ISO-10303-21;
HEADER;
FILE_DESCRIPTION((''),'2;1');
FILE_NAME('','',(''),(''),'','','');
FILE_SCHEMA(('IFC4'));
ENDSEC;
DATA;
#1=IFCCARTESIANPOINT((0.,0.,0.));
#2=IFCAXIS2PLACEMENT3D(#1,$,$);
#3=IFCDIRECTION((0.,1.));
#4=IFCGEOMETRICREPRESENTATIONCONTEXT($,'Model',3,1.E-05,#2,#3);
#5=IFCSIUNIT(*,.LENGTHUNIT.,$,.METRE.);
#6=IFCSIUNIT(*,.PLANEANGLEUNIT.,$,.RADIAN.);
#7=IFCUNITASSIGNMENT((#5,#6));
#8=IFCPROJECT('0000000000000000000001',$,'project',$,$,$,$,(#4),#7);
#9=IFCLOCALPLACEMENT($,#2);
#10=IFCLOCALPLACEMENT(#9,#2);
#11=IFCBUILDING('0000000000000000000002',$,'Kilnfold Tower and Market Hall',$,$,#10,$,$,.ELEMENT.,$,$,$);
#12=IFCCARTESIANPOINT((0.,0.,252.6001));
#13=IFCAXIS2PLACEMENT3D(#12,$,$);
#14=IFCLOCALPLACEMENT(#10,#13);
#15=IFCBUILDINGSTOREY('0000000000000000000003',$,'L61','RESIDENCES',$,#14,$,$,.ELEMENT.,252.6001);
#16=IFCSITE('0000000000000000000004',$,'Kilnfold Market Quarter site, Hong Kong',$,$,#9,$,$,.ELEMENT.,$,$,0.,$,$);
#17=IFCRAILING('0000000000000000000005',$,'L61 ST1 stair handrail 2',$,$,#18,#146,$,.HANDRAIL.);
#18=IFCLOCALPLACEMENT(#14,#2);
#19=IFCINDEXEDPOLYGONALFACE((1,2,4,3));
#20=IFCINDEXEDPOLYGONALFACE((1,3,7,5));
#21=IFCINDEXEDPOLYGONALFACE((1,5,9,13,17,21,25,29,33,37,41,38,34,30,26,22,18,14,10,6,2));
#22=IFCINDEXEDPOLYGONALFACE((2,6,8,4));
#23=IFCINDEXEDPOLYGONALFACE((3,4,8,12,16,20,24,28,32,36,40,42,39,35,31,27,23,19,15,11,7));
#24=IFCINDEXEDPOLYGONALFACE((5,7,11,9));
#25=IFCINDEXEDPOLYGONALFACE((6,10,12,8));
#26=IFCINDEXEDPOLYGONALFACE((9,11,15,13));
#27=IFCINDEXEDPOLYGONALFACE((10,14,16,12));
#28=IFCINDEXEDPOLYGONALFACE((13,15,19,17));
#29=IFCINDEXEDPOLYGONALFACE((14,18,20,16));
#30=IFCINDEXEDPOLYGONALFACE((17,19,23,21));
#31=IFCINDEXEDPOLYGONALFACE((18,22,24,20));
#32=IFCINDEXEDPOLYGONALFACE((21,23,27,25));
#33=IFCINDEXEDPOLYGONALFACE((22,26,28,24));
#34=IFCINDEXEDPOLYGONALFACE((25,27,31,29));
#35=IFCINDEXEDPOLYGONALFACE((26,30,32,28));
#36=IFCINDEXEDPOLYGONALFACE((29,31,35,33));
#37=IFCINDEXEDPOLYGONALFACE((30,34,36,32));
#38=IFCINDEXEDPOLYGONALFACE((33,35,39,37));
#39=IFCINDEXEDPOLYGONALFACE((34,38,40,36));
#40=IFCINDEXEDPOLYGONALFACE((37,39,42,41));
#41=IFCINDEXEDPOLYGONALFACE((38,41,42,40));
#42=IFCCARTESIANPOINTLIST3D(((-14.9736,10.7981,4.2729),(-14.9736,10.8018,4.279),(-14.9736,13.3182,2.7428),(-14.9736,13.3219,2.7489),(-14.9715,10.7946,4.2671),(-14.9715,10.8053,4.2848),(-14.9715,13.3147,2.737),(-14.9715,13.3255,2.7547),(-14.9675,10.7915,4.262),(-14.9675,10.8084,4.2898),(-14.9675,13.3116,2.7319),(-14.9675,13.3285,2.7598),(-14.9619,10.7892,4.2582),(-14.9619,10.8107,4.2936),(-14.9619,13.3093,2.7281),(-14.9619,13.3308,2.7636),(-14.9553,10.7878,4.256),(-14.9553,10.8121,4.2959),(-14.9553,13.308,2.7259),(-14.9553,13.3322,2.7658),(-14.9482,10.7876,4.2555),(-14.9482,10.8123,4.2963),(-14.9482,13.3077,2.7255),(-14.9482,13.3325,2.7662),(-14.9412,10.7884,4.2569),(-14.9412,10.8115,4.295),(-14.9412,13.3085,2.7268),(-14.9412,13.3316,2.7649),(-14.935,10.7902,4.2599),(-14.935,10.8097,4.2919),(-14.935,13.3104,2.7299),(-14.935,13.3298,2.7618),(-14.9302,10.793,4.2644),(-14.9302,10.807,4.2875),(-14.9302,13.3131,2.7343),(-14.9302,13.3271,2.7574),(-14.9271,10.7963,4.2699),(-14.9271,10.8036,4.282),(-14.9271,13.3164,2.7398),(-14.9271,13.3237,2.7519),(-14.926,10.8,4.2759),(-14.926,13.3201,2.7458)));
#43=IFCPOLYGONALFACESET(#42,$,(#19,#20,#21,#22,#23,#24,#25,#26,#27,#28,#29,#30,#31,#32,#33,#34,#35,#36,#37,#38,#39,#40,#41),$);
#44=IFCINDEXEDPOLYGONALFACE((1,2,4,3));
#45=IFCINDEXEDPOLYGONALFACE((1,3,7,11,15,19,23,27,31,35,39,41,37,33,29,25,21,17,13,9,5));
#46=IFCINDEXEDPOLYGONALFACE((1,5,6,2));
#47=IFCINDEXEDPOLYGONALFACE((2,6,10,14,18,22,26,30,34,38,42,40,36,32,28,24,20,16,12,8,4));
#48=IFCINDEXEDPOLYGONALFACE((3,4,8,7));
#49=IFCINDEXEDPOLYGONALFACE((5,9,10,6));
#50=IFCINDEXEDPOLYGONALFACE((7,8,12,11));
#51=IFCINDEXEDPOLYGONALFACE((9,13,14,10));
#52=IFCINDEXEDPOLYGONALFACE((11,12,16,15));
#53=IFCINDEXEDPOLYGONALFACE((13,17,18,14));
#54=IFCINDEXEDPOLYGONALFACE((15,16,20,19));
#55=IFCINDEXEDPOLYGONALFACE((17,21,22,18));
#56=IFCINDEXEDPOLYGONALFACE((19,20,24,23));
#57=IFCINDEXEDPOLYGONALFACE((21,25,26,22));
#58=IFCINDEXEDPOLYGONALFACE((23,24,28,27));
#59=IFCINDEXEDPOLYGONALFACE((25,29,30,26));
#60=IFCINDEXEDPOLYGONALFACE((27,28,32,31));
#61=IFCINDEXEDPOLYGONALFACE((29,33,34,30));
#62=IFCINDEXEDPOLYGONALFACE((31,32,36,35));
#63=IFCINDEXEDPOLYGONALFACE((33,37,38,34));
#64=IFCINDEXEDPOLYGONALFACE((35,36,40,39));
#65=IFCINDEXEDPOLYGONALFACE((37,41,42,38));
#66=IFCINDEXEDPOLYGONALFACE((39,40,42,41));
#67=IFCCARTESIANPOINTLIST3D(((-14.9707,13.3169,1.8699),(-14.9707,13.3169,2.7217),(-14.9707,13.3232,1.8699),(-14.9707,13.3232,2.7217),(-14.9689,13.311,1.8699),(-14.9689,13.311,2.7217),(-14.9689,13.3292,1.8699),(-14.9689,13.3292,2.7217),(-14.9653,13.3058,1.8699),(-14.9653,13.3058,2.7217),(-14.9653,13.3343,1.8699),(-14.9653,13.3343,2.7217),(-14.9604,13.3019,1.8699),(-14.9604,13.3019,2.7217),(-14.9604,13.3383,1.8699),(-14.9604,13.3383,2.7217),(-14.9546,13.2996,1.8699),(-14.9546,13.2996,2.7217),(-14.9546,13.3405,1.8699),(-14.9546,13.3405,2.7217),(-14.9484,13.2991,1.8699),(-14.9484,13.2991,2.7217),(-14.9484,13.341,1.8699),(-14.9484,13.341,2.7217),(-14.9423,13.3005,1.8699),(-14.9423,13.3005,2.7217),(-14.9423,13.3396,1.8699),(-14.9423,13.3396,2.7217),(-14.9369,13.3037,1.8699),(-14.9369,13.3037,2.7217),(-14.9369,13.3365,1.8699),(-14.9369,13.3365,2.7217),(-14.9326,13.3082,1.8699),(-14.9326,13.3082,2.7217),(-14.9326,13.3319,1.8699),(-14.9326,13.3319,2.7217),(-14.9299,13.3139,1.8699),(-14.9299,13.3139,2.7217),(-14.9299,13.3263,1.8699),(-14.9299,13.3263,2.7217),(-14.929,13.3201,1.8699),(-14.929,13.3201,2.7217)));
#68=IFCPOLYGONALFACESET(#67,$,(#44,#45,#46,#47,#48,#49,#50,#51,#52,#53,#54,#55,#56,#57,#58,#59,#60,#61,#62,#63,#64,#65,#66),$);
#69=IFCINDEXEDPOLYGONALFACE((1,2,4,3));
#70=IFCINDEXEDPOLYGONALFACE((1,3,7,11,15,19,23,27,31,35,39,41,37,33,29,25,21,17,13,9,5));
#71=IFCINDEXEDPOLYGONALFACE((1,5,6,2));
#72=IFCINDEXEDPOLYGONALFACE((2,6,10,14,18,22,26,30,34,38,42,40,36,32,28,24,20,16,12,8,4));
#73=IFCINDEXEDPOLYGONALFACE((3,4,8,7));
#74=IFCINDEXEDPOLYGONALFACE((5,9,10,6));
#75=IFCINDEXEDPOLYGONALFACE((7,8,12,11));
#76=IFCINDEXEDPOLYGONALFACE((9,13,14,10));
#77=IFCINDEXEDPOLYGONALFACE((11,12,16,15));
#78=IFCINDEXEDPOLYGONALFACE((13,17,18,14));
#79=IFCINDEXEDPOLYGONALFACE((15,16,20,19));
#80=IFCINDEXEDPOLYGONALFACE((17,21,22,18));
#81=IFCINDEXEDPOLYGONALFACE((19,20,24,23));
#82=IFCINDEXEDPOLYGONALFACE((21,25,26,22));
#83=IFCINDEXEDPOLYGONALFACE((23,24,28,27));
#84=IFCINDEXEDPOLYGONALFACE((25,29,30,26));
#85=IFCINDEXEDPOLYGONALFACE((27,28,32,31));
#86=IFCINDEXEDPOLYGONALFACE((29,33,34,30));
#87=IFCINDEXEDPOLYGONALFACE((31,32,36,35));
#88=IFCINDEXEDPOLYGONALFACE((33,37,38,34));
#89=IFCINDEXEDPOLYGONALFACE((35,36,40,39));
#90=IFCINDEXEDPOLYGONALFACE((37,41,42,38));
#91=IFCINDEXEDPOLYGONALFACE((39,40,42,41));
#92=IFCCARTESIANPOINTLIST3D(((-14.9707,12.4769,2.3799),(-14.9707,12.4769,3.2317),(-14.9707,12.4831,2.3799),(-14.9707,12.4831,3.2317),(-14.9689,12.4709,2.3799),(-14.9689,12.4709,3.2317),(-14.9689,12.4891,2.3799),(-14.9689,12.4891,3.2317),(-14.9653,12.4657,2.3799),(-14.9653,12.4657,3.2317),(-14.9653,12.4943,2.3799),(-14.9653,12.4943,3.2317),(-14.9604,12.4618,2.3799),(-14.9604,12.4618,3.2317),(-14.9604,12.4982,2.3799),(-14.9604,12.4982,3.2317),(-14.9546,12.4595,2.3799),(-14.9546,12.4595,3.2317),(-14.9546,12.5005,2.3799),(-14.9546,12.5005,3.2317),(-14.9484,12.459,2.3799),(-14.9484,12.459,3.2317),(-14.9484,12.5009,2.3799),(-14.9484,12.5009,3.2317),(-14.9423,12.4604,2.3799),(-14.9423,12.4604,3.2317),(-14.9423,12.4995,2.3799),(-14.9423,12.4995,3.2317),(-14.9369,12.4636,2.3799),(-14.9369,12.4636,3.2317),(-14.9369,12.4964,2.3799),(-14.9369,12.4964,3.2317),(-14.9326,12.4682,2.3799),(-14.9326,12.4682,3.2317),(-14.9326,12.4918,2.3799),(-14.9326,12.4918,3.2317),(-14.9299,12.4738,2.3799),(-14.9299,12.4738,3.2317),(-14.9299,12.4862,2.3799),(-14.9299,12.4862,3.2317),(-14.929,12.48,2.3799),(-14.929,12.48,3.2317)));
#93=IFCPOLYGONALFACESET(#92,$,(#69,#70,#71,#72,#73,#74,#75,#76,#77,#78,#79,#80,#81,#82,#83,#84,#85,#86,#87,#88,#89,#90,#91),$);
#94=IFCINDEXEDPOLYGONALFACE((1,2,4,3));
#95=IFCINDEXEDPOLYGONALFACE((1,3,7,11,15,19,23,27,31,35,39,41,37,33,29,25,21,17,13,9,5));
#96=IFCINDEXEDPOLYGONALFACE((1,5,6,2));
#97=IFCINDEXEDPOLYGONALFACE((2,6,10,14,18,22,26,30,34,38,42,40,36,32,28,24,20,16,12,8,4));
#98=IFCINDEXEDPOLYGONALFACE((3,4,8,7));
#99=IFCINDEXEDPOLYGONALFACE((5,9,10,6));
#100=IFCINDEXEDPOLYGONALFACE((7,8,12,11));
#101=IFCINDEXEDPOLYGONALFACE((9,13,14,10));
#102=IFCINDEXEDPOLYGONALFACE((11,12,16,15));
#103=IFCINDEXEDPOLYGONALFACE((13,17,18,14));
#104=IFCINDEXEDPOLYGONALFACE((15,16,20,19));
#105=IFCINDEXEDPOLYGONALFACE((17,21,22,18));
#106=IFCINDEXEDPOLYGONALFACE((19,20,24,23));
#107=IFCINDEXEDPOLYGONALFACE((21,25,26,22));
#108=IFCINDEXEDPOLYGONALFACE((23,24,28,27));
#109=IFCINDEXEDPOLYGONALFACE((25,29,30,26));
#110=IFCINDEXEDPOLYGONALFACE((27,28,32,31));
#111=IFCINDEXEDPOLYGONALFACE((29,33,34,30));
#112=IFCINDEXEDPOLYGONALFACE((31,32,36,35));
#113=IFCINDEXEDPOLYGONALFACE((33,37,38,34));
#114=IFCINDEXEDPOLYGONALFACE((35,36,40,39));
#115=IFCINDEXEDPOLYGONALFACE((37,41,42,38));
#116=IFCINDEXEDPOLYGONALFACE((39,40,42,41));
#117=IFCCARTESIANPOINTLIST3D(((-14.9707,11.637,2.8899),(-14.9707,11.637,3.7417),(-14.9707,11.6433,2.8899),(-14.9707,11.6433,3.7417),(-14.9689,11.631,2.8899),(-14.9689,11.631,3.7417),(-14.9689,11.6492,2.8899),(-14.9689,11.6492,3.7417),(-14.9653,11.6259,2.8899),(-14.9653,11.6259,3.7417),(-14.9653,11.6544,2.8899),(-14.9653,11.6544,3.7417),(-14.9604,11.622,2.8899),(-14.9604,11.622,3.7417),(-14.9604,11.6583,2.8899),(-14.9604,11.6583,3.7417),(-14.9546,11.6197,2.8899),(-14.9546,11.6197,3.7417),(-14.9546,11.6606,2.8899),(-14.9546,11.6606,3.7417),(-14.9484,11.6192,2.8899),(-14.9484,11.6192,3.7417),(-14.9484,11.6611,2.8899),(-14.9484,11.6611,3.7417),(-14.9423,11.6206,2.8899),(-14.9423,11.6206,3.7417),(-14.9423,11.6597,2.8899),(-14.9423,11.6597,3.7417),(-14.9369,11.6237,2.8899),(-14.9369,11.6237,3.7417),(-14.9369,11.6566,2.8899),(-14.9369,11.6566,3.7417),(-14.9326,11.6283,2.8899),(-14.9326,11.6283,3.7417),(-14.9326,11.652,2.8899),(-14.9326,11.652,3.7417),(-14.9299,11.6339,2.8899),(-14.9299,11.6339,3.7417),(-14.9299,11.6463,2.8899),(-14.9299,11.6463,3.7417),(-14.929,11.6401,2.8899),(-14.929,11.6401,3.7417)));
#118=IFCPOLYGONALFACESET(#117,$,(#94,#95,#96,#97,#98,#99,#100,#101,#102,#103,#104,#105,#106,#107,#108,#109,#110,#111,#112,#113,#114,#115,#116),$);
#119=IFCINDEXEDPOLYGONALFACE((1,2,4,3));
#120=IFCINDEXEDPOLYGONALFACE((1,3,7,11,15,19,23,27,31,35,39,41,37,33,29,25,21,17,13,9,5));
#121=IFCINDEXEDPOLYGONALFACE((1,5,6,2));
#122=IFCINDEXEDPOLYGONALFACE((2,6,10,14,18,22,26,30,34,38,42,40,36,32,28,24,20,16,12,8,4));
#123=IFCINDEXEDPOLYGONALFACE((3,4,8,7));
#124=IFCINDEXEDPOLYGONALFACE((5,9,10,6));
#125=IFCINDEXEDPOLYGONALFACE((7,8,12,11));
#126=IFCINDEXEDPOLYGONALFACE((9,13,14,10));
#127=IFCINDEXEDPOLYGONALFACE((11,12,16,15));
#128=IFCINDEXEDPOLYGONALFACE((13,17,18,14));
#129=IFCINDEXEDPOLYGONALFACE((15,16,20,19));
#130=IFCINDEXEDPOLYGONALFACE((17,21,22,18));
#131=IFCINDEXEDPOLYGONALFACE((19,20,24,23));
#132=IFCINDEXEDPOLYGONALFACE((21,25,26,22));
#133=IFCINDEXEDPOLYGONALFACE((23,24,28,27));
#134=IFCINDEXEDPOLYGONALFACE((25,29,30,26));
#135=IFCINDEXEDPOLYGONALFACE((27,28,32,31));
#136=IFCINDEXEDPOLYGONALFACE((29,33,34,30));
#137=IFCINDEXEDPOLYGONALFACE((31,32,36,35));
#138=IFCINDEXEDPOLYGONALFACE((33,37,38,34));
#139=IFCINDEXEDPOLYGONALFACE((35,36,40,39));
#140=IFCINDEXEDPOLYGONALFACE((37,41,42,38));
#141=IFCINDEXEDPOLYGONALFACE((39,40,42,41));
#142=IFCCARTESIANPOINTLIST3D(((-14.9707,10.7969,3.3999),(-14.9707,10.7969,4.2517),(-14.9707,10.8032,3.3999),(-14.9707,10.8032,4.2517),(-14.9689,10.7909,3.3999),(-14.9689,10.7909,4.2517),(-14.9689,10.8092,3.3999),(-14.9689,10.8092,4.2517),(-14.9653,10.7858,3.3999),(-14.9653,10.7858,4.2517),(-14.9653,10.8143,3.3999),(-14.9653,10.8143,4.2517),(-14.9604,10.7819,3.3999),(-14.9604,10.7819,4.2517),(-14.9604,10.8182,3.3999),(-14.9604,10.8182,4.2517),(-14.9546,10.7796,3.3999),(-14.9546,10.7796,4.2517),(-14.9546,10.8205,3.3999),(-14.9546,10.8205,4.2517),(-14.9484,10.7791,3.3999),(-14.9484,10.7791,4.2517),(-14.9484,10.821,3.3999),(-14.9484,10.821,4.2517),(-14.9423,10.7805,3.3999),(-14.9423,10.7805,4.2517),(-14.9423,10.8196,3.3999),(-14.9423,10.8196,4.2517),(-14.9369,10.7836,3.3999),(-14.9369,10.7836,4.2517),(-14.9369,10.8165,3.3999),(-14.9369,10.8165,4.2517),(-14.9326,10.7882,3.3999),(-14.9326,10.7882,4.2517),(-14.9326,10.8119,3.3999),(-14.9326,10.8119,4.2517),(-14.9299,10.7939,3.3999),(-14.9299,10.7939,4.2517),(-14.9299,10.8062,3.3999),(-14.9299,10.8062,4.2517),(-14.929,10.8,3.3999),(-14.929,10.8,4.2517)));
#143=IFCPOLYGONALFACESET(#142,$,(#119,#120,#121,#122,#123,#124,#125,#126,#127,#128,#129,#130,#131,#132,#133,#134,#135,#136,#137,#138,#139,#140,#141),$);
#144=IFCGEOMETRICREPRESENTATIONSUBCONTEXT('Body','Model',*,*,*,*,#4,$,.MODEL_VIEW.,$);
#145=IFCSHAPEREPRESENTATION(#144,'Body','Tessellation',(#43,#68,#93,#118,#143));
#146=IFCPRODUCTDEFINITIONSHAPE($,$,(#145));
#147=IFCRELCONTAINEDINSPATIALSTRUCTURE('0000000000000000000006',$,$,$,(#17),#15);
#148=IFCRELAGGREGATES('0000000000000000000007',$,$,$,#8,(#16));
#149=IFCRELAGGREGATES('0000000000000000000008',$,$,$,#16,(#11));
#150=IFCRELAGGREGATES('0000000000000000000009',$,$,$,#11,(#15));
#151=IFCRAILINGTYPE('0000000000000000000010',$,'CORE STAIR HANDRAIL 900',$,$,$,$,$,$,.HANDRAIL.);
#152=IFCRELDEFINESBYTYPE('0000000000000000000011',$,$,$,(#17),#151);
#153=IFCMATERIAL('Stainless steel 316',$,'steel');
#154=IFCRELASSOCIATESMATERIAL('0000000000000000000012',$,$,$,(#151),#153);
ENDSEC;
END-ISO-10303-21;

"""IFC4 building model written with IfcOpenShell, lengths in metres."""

from ifc_helpers import new_model, si_unit, direction, frame, origin, origin_2d, place, context, subcontext, project, spatial, circle, extrude, material, type_object, element, save


model = new_model("IFC4")

# Units and contexts
model_context = context("Model", 3, precision=1e-05, world=origin(), true_north=direction((0.0, 1.0)))
body_context = subcontext(model_context, "Body", "Model", "MODEL_VIEW")
ifc_project = project(units=[si_unit("LENGTHUNIT", "METRE"), si_unit("PLANEANGLEUNIT", "RADIAN")], contexts=[model_context])

# Site, building, storey
site_placement = place(None, origin())
site = spatial("IfcSite", under=ifc_project, at=site_placement, Name="Kilnfold Market Quarter site, Hong Kong", CompositionType="ELEMENT", RefElevation=0.0)
building_placement = place(site_placement, origin())
building = spatial("IfcBuilding", under=site, at=building_placement, Name="Kilnfold Tower and Market Hall", CompositionType="ELEMENT")
storey_placement = place(building_placement, frame((0.0, 0.0, 252.6001)))
storey = spatial("IfcBuildingStorey", under=building, at=storey_placement, Name="L61", Description="RESIDENCES", CompositionType="ELEMENT", Elevation=252.6001)

# Railing
ifc_material_1 = material(Name="Stainless steel 316", Category="steel")
railing_type = type_object("IfcRailingType", Name="CORE STAIR HANDRAIL 900", PredefinedType="HANDRAIL", material=ifc_material_1)
railing_placement = place(storey_placement, frame((-14.95, 13.3201, 1.8699)))
element("IfcRailing", 1, at=railing_placement, inside=storey, type_object=railing_type, Name="L61 ST1 stair handrail 2", PredefinedType="HANDRAIL", context=body_context, shape_type="SweptSolid", body=[
    extrude(circle(Radius=0.0239, at=origin_2d()), frame((0.0, 0.0, 0.876), z_axis=(0.0, -0.854785, 0.518982), x_axis=(1.0, 0.0, 0.0)), (0.0, 0.0, 1.0), 2.9482),
    extrude(circle(Radius=0.021, at=origin_2d()), origin(), (0.0, 0.0, 1.0), 0.8518),
    extrude(circle(Radius=0.021, at=origin_2d()), frame((0.0, -0.8401, 0.51)), (0.0, 0.0, 1.0), 0.8518),
    extrude(circle(Radius=0.021, at=origin_2d()), frame((0.0, -1.6799, 1.02)), (0.0, 0.0, 1.0), 0.8518),
    extrude(circle(Radius=0.021, at=origin_2d()), frame((0.0, -2.52, 1.53)), (0.0, 0.0, 1.0), 0.8518),
])

save(model, "model.ifc")
